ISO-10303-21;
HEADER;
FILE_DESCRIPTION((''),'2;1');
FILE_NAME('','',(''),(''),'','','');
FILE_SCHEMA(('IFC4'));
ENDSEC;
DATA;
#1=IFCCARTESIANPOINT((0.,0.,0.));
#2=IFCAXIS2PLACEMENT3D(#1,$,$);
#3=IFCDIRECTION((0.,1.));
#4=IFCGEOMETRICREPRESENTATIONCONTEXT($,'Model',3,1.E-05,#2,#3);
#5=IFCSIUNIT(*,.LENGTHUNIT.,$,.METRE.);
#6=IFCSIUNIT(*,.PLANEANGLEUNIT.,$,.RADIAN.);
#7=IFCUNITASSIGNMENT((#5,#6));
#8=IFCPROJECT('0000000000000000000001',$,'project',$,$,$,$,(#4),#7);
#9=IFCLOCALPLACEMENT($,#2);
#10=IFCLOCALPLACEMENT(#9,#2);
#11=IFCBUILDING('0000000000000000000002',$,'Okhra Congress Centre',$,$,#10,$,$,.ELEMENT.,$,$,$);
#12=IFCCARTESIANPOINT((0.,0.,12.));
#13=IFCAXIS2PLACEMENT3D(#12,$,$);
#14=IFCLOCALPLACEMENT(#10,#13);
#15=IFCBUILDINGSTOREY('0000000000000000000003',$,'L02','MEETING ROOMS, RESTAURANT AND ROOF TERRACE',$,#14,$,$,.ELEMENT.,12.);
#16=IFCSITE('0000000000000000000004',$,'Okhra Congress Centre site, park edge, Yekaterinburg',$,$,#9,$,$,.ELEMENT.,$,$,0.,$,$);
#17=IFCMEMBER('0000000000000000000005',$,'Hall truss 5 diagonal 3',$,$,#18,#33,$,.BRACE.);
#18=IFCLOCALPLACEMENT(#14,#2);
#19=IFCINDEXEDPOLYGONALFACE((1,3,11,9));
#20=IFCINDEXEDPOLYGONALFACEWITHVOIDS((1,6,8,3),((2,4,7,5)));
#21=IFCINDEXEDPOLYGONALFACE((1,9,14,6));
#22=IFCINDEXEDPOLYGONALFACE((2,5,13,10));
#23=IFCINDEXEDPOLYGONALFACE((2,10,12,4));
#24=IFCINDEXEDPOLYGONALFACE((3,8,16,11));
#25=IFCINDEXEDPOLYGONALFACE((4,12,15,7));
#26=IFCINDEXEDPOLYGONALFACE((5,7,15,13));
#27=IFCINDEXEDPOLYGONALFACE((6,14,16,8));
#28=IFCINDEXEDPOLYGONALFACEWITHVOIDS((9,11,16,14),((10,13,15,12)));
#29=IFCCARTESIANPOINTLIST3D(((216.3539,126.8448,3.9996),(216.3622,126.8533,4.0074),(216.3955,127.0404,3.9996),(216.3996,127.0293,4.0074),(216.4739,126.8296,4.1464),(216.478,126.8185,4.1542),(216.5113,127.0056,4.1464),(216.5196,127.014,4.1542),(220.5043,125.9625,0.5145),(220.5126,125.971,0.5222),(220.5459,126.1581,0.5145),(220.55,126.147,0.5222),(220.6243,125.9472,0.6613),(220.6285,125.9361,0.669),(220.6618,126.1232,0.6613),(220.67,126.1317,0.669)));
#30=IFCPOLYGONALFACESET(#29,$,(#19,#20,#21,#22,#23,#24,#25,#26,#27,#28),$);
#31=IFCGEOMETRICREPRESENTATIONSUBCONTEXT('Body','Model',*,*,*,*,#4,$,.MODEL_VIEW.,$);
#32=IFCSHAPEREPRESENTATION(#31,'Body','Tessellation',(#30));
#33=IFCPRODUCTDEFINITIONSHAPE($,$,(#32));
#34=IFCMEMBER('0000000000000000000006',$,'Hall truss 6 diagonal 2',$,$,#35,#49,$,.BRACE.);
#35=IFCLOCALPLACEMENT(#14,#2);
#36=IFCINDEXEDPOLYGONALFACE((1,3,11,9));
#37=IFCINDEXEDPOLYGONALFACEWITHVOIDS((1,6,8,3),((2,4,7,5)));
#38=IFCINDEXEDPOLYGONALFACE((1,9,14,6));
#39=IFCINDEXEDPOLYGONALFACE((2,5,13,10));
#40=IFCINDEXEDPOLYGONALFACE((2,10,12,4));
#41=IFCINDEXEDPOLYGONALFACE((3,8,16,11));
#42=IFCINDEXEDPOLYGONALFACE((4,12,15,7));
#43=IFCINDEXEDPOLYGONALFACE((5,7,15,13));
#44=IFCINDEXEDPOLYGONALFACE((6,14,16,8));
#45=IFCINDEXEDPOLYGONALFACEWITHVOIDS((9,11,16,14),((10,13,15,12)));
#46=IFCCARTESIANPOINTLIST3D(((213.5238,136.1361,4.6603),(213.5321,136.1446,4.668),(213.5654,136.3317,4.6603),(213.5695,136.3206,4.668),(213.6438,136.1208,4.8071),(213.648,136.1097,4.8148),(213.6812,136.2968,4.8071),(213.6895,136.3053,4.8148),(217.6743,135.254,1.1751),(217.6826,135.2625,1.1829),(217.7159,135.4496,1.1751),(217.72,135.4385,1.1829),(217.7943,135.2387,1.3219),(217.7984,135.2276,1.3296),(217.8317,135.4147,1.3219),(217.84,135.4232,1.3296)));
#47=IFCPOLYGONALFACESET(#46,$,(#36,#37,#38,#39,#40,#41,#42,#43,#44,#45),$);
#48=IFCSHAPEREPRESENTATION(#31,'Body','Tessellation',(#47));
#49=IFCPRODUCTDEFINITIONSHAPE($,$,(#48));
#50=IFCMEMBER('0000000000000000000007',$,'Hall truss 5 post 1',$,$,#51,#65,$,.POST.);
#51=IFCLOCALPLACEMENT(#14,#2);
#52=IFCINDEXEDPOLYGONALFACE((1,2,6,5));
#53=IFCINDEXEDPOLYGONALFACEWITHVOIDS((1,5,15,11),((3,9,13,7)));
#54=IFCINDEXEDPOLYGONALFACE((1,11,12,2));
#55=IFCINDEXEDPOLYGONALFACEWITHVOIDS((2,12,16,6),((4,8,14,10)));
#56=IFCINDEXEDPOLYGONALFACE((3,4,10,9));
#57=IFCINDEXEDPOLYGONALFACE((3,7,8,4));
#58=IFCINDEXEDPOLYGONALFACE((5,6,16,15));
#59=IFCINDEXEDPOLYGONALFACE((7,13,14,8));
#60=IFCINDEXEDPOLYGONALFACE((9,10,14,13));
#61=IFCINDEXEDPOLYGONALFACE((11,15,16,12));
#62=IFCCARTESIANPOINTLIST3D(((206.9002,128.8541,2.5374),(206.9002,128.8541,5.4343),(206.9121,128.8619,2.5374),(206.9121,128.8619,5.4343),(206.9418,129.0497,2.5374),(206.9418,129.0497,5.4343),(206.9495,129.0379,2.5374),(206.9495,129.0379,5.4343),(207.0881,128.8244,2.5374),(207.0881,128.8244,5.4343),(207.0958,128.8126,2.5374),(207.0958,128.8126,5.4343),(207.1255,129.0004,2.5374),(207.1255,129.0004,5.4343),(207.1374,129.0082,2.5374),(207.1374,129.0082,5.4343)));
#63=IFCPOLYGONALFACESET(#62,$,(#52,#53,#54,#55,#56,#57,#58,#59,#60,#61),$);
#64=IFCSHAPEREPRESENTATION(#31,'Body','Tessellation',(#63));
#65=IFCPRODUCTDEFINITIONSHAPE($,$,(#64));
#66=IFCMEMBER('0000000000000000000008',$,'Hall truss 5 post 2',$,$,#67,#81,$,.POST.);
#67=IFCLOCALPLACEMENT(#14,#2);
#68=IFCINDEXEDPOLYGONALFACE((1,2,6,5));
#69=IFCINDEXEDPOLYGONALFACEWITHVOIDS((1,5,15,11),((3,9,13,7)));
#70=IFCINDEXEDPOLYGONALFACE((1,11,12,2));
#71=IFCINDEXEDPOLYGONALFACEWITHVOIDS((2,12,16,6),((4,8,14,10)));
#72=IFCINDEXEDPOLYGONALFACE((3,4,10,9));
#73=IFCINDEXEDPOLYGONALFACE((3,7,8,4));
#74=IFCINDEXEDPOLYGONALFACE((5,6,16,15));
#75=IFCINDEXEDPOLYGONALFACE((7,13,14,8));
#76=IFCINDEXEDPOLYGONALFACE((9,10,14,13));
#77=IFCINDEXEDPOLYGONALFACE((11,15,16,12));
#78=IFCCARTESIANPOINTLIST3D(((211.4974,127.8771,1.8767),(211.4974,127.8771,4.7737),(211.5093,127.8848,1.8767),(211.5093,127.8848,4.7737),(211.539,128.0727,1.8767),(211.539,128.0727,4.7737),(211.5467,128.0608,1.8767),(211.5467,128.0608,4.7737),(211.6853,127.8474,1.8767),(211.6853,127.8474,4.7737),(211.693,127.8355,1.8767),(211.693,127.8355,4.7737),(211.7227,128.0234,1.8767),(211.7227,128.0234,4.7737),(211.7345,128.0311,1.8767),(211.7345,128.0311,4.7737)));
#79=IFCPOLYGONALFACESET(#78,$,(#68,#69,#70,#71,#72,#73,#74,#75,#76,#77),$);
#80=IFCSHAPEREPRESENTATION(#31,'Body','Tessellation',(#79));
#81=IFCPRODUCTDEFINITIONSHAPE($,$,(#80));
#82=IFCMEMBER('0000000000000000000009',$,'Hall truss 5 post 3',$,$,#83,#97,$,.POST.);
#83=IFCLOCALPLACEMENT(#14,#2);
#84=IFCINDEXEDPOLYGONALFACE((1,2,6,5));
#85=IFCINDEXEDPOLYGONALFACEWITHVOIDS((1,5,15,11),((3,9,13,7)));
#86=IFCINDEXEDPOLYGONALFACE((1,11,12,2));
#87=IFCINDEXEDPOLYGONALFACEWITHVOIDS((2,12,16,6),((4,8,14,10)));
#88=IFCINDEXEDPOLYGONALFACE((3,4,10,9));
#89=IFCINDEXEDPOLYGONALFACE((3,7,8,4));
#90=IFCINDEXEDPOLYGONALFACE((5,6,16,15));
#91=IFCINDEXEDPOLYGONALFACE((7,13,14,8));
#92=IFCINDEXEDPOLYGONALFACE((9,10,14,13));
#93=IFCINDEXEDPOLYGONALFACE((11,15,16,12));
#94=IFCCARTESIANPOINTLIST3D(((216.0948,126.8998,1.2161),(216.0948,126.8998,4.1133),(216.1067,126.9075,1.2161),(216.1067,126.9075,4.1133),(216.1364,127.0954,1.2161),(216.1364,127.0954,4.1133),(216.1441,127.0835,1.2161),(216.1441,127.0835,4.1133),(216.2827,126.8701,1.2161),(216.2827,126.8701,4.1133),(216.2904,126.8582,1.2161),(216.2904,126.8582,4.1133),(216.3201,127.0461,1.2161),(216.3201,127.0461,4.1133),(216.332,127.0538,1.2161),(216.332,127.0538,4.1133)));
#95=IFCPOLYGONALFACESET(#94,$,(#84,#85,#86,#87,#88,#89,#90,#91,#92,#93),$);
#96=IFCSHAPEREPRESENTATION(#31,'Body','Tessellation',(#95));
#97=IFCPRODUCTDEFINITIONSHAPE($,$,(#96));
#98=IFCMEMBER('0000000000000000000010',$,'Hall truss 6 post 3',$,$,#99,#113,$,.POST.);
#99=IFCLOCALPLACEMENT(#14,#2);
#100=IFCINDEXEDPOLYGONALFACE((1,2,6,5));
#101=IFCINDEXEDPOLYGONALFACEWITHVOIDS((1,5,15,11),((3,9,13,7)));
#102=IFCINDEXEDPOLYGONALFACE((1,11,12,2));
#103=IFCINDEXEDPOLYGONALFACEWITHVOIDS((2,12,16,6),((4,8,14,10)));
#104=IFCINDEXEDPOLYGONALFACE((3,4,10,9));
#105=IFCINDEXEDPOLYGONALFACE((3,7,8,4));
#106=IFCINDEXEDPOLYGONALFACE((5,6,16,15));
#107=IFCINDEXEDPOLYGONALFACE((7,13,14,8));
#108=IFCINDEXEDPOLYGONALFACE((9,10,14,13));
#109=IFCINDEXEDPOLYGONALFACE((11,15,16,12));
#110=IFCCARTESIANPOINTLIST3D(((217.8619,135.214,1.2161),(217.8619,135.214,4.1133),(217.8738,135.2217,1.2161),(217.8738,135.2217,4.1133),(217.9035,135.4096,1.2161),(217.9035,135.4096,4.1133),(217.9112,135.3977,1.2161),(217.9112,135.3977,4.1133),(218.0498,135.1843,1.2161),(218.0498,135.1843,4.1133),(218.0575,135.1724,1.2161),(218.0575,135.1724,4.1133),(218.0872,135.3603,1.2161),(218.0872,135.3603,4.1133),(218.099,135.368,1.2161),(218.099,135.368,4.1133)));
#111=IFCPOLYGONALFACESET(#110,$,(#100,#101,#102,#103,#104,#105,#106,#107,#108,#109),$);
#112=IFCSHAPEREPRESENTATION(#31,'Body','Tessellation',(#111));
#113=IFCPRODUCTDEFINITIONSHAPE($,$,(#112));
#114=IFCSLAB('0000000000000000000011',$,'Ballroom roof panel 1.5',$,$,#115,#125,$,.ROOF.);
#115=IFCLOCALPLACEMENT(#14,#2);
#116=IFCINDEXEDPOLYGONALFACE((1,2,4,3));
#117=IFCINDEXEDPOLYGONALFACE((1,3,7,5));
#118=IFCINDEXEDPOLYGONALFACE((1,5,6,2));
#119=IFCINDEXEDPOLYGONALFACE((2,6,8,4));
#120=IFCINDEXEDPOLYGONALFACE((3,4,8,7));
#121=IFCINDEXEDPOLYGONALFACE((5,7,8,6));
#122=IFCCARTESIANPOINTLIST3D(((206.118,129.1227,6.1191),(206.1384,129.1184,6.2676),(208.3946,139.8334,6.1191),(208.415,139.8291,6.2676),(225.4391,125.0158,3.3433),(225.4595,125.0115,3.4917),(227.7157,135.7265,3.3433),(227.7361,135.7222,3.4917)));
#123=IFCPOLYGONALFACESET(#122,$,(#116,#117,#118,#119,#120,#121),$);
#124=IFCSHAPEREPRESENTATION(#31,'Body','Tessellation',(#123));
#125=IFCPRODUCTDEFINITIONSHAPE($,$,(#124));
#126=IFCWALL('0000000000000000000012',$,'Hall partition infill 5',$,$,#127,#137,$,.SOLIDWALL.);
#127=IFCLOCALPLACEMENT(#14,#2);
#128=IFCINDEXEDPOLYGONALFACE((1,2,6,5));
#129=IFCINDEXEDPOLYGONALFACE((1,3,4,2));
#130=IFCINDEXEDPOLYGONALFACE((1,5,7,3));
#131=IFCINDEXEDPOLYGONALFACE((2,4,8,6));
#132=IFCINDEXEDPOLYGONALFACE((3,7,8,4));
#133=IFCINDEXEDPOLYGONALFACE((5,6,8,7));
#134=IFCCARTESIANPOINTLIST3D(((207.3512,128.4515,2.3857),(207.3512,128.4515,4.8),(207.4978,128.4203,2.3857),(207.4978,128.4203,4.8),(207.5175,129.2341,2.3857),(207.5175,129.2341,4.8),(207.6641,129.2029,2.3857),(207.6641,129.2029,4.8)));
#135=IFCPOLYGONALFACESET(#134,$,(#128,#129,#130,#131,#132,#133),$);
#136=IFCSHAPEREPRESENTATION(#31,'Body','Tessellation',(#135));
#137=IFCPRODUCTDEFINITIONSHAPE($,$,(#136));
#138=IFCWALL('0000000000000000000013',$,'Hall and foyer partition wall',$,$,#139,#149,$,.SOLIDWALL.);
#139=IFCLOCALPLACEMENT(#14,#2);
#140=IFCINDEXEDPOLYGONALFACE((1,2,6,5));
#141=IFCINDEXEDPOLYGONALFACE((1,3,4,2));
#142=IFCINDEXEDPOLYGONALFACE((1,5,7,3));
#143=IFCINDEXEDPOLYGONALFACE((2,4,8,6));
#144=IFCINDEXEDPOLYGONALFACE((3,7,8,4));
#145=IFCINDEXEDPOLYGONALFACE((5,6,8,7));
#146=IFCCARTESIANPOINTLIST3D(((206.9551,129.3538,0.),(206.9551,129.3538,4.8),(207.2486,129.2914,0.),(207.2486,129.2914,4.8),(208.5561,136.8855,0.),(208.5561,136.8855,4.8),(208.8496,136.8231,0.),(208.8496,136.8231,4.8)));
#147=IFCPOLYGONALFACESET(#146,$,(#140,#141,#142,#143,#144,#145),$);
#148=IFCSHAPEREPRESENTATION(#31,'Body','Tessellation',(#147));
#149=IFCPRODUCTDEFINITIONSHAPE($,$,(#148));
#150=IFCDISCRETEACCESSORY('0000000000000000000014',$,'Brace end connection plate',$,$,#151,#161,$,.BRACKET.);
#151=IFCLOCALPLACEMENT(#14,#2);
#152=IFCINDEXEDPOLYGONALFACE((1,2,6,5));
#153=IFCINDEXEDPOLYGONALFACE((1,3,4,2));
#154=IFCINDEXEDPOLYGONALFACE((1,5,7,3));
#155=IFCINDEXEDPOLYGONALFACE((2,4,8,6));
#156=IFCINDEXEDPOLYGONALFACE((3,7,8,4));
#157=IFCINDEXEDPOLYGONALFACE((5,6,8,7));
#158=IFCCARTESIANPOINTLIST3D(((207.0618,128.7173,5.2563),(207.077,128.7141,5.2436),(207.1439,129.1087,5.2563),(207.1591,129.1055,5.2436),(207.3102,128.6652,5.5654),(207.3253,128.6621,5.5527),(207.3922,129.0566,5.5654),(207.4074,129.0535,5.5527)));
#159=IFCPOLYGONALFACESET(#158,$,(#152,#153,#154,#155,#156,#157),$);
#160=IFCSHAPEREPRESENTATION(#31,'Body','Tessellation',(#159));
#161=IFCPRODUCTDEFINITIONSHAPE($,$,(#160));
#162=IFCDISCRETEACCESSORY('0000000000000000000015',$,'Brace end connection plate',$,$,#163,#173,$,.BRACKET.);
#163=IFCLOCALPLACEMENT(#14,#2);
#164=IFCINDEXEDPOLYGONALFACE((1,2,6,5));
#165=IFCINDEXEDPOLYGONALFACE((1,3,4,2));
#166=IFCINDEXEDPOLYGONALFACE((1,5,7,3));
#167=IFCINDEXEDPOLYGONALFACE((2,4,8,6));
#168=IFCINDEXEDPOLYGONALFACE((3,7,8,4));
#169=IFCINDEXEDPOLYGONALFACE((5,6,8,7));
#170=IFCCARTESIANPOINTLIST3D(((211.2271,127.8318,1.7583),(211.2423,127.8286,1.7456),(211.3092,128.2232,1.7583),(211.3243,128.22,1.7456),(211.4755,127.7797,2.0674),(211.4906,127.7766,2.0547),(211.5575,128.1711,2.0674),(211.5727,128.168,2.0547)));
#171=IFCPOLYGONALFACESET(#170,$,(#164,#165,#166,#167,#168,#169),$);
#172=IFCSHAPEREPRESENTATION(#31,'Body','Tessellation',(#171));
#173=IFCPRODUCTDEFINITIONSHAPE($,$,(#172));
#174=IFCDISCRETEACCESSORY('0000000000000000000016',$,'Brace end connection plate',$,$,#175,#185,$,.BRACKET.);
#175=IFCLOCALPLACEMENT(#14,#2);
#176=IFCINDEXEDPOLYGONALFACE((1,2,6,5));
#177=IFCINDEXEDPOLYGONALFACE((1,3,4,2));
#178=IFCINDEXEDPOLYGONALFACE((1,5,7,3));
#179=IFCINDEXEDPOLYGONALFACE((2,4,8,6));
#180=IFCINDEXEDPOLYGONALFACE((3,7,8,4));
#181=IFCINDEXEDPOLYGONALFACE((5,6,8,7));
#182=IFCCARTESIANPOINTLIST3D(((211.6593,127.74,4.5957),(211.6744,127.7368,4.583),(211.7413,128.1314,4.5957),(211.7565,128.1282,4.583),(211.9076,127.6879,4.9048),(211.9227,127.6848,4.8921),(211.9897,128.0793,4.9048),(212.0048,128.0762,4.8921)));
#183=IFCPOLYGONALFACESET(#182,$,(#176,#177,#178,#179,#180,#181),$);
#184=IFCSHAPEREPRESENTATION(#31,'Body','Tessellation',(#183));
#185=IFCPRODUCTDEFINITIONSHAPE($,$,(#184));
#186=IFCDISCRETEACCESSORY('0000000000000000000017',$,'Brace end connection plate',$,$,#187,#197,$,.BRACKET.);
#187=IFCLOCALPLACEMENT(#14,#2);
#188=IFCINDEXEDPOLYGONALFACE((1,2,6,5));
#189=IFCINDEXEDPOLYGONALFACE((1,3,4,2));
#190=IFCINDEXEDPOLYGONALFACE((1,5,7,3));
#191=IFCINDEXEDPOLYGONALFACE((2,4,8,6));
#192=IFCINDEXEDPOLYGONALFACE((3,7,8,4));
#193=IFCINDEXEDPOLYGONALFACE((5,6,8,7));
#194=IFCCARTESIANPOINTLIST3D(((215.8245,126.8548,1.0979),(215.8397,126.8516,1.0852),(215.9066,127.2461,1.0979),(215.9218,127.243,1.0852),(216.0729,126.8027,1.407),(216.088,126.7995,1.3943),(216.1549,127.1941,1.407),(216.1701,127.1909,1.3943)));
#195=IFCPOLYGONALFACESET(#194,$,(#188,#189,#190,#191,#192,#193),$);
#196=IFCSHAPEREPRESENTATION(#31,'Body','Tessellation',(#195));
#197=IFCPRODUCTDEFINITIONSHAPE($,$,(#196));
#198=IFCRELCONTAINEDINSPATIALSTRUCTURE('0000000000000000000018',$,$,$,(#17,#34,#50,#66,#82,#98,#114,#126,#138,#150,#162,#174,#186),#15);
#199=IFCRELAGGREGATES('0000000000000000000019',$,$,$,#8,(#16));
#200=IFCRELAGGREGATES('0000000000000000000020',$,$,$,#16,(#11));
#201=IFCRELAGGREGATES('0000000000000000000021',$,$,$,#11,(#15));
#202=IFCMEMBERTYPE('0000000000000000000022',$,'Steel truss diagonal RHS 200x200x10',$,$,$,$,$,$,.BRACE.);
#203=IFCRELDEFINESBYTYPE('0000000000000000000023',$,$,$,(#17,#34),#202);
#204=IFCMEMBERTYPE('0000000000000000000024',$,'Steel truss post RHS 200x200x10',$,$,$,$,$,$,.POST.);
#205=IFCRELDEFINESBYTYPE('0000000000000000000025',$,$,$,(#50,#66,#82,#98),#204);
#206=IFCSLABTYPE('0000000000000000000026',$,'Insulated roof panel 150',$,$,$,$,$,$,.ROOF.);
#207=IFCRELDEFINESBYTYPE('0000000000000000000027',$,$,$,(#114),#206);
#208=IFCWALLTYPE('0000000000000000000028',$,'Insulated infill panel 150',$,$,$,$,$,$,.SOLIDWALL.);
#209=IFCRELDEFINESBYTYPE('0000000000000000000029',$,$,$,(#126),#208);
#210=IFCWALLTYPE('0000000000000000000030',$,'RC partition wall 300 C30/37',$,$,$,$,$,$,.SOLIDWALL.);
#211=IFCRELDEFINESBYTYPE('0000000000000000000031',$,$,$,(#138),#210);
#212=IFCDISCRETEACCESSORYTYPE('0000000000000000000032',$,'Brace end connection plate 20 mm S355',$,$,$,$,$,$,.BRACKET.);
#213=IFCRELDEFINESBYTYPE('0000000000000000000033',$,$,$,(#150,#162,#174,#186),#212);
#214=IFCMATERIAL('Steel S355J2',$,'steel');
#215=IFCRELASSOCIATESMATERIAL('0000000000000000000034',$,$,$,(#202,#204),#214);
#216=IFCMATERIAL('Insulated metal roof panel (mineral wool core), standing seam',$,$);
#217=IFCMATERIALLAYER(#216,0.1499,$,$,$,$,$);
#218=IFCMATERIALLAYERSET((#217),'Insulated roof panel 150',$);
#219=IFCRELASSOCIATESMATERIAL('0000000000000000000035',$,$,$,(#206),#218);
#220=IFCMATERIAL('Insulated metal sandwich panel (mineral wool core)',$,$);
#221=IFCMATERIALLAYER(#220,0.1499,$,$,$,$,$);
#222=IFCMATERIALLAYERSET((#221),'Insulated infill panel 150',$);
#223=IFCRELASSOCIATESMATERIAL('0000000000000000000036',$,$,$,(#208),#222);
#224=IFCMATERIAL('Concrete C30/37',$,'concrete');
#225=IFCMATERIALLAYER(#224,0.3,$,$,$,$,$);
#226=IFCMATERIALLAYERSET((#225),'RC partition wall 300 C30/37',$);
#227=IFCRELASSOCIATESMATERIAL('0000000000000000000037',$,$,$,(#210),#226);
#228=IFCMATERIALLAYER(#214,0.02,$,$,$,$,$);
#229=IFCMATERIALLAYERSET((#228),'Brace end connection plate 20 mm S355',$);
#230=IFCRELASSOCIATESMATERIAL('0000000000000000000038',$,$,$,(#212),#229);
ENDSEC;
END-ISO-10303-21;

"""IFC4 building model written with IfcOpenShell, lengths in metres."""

from ifc_helpers import new_model, si_unit, direction, frame, frame_2d, origin, origin_2d, place, context, subcontext, project, spatial, polyline, rectangle, hollow_rectangle, outline, extrude, material, layer, layer_set, material_profile, profile_set, type_object, element, save


model = new_model("IFC4")

# Units and contexts
model_context = context("Model", 3, precision=1e-05, world=origin(), true_north=direction((0.0, 1.0)))
body_context = subcontext(model_context, "Body", "Model", "MODEL_VIEW")
ifc_project = project(units=[si_unit("LENGTHUNIT", "METRE"), si_unit("PLANEANGLEUNIT", "RADIAN")], contexts=[model_context])

# Site, building, storey
site_placement = place(None, origin())
site = spatial("IfcSite", under=ifc_project, at=site_placement, Name="Okhra Congress Centre site, park edge, Yekaterinburg", CompositionType="ELEMENT", RefElevation=0.0)
building_placement = place(site_placement, origin())
building = spatial("IfcBuilding", under=site, at=building_placement, Name="Okhra Congress Centre", CompositionType="ELEMENT")
storey_placement = place(building_placement, frame((0.0, 0.0, 12.0)))
storey = spatial("IfcBuildingStorey", under=building, at=storey_placement, Name="L02", Description="MEETING ROOMS, RESTAURANT AND ROOF TERRACE", CompositionType="ELEMENT", Elevation=12.0)

# Members
ifc_material_1 = material(Name="Steel S355J2", Category="steel")
ifc_material_profile_1 = material_profile(ifc_material_1, hollow_rectangle(XDim=0.2, YDim=0.2, WallThickness=0.01, at=origin_2d()), Name="RHS 200x200x10 diagonal")
ifc_profile_set_1 = profile_set([ifc_material_profile_1], Name="Steel S355J2")
member_type_1 = type_object("IfcMemberType", Name="Steel truss diagonal RHS 200x200x10", PredefinedType="BRACE", material=ifc_profile_set_1)
for number, where, z_axis, x_axis, name in (
    (1, (216.4368, 126.9294, 4.0769), (0.755864, -0.160688, -0.634704), (0.207941, 0.978141, 0.0), "Hall truss 5 diagonal 3"),
    (2, (213.6067, 136.2207, 4.7375), (0.75587, -0.160645, -0.634708), (0.207886, 0.978153, 0.0), "Hall truss 6 diagonal 2"),
):
    element("IfcMember", number, at=place(storey_placement, frame(where, z_axis=z_axis, x_axis=x_axis)), inside=storey, type_object=member_type_1, Name=name, PredefinedType="BRACE", context=body_context, shape_type="SweptSolid", body=[
        extrude(hollow_rectangle(XDim=0.2, YDim=0.2, WallThickness=0.01, at=origin_2d()), origin(), (0.0, 0.0, 1.0), 5.491),
    ])
ifc_material_profile_2 = material_profile(ifc_material_1, hollow_rectangle(XDim=0.2, YDim=0.2, WallThickness=0.01, at=origin_2d()), Name="RHS 200x200x10")
ifc_profile_set_2 = profile_set([ifc_material_profile_2], Name="Steel S355J2")
member_type_2 = type_object("IfcMemberType", Name="Steel truss post RHS 200x200x10", PredefinedType="POST", material=ifc_profile_set_2)
for number, where, z_axis, x_axis, name in (
    (3, (207.0188, 128.9312, 2.5374), (0.0, 0.0, 1.0), (0.978148, -0.207912, 0.0), "Hall truss 5 post 1"),
    (4, (211.616, 127.9541, 1.8767), (0.0, 0.0, 1.0), (0.978148, -0.207912, 0.0), "Hall truss 5 post 2"),
):
    element("IfcMember", number, at=place(storey_placement, frame(where, z_axis=z_axis, x_axis=x_axis)), inside=storey, type_object=member_type_2, Name=name, PredefinedType="POST", context=body_context, shape_type="SweptSolid", body=[
        extrude(hollow_rectangle(XDim=0.2, YDim=0.2, WallThickness=0.01, at=origin_2d()), origin(), (0.0, 0.0, 1.0), 2.897),
    ])
for number, where, z_axis, x_axis, name in (
    (5, (216.2134, 126.9768, 1.2161), (0.0, 0.0, 1.0), (0.978148, -0.207912, 0.0), "Hall truss 5 post 3"),
    (6, (217.9805, 135.291, 1.2161), (0.0, 0.0, 1.0), (0.978148, -0.207912, 0.0), "Hall truss 6 post 3"),
):
    element("IfcMember", number, at=place(storey_placement, frame(where, z_axis=z_axis, x_axis=x_axis)), inside=storey, type_object=member_type_2, Name=name, PredefinedType="POST", context=body_context, shape_type="SweptSolid", body=[
        extrude(hollow_rectangle(XDim=0.2, YDim=0.2, WallThickness=0.01, at=origin_2d()), origin(), (0.0, 0.0, 1.0), 2.8972),
    ])

# Slab
ifc_material_2 = material(Name="Insulated metal roof panel (mineral wool core), standing seam")
ifc_layer_1 = layer(ifc_material_2, 0.1499)
ifc_layer_set_1 = layer_set([ifc_layer_1], Name="Insulated roof panel 150")
slab_type = type_object("IfcSlabType", Name="Insulated roof panel 150", PredefinedType="ROOF", material=ifc_layer_set_1)
slab_placement = place(storey_placement, frame((206.1384, 129.1184, 6.2676), z_axis=(0.136123, -0.028934, 0.990269), x_axis=(0.968628, -0.205894, -0.139164)))
element("IfcSlab", 7, at=slab_placement, inside=storey, type_object=slab_type, Name="Ballroom roof panel 1.5", PredefinedType="ROOF", context=body_context, shape_type="SweptSolid", body=[
    extrude(outline(polyline([(0.0, 0.0), (19.9468, 0.0), (19.9467, 10.95), (-0.0001, 10.95), (0.0, 0.0)])), origin(), (0.0, 0.0, -1.0), 0.1499),
])

# Walls
ifc_material_3 = material(Name="Insulated metal sandwich panel (mineral wool core)")
ifc_layer_2 = layer(ifc_material_3, 0.1499)
ifc_layer_set_2 = layer_set([ifc_layer_2], Name="Insulated infill panel 150")
wall_type_1 = type_object("IfcWallType", Name="Insulated infill panel 150", PredefinedType="SOLIDWALL", material=ifc_layer_set_2)
wall_1_placement = place(storey_placement, frame((207.4246, 128.436, 2.3857), z_axis=(0.0, 0.0, 1.0), x_axis=(0.207841, 0.978163, 0.0)))
element("IfcWall", 8, at=wall_1_placement, inside=storey, type_object=wall_type_1, Name="Hall partition infill 5", PredefinedType="SOLIDWALL", context=body_context, shape_type="SweptSolid", body=[
    extrude(rectangle(XDim=0.8, YDim=0.1499, at=frame_2d((0.3999, 0.0))), origin(), (0.0, 0.0, 1.0), 2.4143),
])
ifc_material_4 = material(Name="Concrete C30/37", Category="concrete")
ifc_layer_3 = layer(ifc_material_4, 0.3)
ifc_layer_set_3 = layer_set([ifc_layer_3], Name="RC partition wall 300 C30/37")
wall_type_2 = type_object("IfcWallType", Name="RC partition wall 300 C30/37", PredefinedType="SOLIDWALL", material=ifc_layer_set_3)
wall_2_placement = place(storey_placement, frame((207.1018, 129.3225, 0.0), z_axis=(0.0, 0.0, 1.0), x_axis=(0.207931, 0.978144, 0.0)))
element("IfcWall", 9, at=wall_2_placement, inside=storey, type_object=wall_type_2, Name="Hall and foyer partition wall", PredefinedType="SOLIDWALL", context=body_context, shape_type="SweptSolid", body=[
    extrude(rectangle(XDim=7.7, YDim=0.3, at=frame_2d((3.8501, 0.0))), origin(), (0.0, 0.0, 1.0), 4.8),
])

# Discrete accessories
ifc_layer_4 = layer(ifc_material_1, 0.02)
ifc_layer_set_4 = layer_set([ifc_layer_4], Name="Brace end connection plate 20 mm S355")
discrete_accessory_type_1 = type_object("IfcDiscreteAccessoryType", Name="Brace end connection plate 20 mm S355", PredefinedType="BRACKET", material=ifc_layer_set_4)
for number, where, z_axis, x_axis, name in (
    (10, (207.2422, 128.8838, 5.3982), (-0.756491, 0.158619, 0.634477), (-0.205215, -0.978717, 0.0), "Brace end connection plate"),
    (11, (211.3923, 128.0015, 1.9128), (0.756491, -0.158619, -0.634477), (0.205215, 0.978717, 0.0), "Brace end connection plate"),
    (12, (211.8396, 127.9065, 4.7375), (-0.756491, 0.158619, 0.634477), (-0.205215, -0.978717, 0.0), "Brace end connection plate"),
    (13, (215.9897, 127.0244, 1.2524), (0.756491, -0.158619, -0.634477), (0.205215, 0.978717, 0.0), "Brace end connection plate"),
):
    element("IfcDiscreteAccessory", number, at=place(storey_placement, frame(where, z_axis=z_axis, x_axis=x_axis)), inside=storey, type_object=discrete_accessory_type_1, Name=name, PredefinedType="BRACKET", context=body_context, shape_type="SweptSolid", body=[
        extrude(rectangle(XDim=0.3999, YDim=0.3999, at=origin_2d()), origin(), (0.0, 0.0, 1.0), 0.02),
    ])

save(model, "model.ifc")
